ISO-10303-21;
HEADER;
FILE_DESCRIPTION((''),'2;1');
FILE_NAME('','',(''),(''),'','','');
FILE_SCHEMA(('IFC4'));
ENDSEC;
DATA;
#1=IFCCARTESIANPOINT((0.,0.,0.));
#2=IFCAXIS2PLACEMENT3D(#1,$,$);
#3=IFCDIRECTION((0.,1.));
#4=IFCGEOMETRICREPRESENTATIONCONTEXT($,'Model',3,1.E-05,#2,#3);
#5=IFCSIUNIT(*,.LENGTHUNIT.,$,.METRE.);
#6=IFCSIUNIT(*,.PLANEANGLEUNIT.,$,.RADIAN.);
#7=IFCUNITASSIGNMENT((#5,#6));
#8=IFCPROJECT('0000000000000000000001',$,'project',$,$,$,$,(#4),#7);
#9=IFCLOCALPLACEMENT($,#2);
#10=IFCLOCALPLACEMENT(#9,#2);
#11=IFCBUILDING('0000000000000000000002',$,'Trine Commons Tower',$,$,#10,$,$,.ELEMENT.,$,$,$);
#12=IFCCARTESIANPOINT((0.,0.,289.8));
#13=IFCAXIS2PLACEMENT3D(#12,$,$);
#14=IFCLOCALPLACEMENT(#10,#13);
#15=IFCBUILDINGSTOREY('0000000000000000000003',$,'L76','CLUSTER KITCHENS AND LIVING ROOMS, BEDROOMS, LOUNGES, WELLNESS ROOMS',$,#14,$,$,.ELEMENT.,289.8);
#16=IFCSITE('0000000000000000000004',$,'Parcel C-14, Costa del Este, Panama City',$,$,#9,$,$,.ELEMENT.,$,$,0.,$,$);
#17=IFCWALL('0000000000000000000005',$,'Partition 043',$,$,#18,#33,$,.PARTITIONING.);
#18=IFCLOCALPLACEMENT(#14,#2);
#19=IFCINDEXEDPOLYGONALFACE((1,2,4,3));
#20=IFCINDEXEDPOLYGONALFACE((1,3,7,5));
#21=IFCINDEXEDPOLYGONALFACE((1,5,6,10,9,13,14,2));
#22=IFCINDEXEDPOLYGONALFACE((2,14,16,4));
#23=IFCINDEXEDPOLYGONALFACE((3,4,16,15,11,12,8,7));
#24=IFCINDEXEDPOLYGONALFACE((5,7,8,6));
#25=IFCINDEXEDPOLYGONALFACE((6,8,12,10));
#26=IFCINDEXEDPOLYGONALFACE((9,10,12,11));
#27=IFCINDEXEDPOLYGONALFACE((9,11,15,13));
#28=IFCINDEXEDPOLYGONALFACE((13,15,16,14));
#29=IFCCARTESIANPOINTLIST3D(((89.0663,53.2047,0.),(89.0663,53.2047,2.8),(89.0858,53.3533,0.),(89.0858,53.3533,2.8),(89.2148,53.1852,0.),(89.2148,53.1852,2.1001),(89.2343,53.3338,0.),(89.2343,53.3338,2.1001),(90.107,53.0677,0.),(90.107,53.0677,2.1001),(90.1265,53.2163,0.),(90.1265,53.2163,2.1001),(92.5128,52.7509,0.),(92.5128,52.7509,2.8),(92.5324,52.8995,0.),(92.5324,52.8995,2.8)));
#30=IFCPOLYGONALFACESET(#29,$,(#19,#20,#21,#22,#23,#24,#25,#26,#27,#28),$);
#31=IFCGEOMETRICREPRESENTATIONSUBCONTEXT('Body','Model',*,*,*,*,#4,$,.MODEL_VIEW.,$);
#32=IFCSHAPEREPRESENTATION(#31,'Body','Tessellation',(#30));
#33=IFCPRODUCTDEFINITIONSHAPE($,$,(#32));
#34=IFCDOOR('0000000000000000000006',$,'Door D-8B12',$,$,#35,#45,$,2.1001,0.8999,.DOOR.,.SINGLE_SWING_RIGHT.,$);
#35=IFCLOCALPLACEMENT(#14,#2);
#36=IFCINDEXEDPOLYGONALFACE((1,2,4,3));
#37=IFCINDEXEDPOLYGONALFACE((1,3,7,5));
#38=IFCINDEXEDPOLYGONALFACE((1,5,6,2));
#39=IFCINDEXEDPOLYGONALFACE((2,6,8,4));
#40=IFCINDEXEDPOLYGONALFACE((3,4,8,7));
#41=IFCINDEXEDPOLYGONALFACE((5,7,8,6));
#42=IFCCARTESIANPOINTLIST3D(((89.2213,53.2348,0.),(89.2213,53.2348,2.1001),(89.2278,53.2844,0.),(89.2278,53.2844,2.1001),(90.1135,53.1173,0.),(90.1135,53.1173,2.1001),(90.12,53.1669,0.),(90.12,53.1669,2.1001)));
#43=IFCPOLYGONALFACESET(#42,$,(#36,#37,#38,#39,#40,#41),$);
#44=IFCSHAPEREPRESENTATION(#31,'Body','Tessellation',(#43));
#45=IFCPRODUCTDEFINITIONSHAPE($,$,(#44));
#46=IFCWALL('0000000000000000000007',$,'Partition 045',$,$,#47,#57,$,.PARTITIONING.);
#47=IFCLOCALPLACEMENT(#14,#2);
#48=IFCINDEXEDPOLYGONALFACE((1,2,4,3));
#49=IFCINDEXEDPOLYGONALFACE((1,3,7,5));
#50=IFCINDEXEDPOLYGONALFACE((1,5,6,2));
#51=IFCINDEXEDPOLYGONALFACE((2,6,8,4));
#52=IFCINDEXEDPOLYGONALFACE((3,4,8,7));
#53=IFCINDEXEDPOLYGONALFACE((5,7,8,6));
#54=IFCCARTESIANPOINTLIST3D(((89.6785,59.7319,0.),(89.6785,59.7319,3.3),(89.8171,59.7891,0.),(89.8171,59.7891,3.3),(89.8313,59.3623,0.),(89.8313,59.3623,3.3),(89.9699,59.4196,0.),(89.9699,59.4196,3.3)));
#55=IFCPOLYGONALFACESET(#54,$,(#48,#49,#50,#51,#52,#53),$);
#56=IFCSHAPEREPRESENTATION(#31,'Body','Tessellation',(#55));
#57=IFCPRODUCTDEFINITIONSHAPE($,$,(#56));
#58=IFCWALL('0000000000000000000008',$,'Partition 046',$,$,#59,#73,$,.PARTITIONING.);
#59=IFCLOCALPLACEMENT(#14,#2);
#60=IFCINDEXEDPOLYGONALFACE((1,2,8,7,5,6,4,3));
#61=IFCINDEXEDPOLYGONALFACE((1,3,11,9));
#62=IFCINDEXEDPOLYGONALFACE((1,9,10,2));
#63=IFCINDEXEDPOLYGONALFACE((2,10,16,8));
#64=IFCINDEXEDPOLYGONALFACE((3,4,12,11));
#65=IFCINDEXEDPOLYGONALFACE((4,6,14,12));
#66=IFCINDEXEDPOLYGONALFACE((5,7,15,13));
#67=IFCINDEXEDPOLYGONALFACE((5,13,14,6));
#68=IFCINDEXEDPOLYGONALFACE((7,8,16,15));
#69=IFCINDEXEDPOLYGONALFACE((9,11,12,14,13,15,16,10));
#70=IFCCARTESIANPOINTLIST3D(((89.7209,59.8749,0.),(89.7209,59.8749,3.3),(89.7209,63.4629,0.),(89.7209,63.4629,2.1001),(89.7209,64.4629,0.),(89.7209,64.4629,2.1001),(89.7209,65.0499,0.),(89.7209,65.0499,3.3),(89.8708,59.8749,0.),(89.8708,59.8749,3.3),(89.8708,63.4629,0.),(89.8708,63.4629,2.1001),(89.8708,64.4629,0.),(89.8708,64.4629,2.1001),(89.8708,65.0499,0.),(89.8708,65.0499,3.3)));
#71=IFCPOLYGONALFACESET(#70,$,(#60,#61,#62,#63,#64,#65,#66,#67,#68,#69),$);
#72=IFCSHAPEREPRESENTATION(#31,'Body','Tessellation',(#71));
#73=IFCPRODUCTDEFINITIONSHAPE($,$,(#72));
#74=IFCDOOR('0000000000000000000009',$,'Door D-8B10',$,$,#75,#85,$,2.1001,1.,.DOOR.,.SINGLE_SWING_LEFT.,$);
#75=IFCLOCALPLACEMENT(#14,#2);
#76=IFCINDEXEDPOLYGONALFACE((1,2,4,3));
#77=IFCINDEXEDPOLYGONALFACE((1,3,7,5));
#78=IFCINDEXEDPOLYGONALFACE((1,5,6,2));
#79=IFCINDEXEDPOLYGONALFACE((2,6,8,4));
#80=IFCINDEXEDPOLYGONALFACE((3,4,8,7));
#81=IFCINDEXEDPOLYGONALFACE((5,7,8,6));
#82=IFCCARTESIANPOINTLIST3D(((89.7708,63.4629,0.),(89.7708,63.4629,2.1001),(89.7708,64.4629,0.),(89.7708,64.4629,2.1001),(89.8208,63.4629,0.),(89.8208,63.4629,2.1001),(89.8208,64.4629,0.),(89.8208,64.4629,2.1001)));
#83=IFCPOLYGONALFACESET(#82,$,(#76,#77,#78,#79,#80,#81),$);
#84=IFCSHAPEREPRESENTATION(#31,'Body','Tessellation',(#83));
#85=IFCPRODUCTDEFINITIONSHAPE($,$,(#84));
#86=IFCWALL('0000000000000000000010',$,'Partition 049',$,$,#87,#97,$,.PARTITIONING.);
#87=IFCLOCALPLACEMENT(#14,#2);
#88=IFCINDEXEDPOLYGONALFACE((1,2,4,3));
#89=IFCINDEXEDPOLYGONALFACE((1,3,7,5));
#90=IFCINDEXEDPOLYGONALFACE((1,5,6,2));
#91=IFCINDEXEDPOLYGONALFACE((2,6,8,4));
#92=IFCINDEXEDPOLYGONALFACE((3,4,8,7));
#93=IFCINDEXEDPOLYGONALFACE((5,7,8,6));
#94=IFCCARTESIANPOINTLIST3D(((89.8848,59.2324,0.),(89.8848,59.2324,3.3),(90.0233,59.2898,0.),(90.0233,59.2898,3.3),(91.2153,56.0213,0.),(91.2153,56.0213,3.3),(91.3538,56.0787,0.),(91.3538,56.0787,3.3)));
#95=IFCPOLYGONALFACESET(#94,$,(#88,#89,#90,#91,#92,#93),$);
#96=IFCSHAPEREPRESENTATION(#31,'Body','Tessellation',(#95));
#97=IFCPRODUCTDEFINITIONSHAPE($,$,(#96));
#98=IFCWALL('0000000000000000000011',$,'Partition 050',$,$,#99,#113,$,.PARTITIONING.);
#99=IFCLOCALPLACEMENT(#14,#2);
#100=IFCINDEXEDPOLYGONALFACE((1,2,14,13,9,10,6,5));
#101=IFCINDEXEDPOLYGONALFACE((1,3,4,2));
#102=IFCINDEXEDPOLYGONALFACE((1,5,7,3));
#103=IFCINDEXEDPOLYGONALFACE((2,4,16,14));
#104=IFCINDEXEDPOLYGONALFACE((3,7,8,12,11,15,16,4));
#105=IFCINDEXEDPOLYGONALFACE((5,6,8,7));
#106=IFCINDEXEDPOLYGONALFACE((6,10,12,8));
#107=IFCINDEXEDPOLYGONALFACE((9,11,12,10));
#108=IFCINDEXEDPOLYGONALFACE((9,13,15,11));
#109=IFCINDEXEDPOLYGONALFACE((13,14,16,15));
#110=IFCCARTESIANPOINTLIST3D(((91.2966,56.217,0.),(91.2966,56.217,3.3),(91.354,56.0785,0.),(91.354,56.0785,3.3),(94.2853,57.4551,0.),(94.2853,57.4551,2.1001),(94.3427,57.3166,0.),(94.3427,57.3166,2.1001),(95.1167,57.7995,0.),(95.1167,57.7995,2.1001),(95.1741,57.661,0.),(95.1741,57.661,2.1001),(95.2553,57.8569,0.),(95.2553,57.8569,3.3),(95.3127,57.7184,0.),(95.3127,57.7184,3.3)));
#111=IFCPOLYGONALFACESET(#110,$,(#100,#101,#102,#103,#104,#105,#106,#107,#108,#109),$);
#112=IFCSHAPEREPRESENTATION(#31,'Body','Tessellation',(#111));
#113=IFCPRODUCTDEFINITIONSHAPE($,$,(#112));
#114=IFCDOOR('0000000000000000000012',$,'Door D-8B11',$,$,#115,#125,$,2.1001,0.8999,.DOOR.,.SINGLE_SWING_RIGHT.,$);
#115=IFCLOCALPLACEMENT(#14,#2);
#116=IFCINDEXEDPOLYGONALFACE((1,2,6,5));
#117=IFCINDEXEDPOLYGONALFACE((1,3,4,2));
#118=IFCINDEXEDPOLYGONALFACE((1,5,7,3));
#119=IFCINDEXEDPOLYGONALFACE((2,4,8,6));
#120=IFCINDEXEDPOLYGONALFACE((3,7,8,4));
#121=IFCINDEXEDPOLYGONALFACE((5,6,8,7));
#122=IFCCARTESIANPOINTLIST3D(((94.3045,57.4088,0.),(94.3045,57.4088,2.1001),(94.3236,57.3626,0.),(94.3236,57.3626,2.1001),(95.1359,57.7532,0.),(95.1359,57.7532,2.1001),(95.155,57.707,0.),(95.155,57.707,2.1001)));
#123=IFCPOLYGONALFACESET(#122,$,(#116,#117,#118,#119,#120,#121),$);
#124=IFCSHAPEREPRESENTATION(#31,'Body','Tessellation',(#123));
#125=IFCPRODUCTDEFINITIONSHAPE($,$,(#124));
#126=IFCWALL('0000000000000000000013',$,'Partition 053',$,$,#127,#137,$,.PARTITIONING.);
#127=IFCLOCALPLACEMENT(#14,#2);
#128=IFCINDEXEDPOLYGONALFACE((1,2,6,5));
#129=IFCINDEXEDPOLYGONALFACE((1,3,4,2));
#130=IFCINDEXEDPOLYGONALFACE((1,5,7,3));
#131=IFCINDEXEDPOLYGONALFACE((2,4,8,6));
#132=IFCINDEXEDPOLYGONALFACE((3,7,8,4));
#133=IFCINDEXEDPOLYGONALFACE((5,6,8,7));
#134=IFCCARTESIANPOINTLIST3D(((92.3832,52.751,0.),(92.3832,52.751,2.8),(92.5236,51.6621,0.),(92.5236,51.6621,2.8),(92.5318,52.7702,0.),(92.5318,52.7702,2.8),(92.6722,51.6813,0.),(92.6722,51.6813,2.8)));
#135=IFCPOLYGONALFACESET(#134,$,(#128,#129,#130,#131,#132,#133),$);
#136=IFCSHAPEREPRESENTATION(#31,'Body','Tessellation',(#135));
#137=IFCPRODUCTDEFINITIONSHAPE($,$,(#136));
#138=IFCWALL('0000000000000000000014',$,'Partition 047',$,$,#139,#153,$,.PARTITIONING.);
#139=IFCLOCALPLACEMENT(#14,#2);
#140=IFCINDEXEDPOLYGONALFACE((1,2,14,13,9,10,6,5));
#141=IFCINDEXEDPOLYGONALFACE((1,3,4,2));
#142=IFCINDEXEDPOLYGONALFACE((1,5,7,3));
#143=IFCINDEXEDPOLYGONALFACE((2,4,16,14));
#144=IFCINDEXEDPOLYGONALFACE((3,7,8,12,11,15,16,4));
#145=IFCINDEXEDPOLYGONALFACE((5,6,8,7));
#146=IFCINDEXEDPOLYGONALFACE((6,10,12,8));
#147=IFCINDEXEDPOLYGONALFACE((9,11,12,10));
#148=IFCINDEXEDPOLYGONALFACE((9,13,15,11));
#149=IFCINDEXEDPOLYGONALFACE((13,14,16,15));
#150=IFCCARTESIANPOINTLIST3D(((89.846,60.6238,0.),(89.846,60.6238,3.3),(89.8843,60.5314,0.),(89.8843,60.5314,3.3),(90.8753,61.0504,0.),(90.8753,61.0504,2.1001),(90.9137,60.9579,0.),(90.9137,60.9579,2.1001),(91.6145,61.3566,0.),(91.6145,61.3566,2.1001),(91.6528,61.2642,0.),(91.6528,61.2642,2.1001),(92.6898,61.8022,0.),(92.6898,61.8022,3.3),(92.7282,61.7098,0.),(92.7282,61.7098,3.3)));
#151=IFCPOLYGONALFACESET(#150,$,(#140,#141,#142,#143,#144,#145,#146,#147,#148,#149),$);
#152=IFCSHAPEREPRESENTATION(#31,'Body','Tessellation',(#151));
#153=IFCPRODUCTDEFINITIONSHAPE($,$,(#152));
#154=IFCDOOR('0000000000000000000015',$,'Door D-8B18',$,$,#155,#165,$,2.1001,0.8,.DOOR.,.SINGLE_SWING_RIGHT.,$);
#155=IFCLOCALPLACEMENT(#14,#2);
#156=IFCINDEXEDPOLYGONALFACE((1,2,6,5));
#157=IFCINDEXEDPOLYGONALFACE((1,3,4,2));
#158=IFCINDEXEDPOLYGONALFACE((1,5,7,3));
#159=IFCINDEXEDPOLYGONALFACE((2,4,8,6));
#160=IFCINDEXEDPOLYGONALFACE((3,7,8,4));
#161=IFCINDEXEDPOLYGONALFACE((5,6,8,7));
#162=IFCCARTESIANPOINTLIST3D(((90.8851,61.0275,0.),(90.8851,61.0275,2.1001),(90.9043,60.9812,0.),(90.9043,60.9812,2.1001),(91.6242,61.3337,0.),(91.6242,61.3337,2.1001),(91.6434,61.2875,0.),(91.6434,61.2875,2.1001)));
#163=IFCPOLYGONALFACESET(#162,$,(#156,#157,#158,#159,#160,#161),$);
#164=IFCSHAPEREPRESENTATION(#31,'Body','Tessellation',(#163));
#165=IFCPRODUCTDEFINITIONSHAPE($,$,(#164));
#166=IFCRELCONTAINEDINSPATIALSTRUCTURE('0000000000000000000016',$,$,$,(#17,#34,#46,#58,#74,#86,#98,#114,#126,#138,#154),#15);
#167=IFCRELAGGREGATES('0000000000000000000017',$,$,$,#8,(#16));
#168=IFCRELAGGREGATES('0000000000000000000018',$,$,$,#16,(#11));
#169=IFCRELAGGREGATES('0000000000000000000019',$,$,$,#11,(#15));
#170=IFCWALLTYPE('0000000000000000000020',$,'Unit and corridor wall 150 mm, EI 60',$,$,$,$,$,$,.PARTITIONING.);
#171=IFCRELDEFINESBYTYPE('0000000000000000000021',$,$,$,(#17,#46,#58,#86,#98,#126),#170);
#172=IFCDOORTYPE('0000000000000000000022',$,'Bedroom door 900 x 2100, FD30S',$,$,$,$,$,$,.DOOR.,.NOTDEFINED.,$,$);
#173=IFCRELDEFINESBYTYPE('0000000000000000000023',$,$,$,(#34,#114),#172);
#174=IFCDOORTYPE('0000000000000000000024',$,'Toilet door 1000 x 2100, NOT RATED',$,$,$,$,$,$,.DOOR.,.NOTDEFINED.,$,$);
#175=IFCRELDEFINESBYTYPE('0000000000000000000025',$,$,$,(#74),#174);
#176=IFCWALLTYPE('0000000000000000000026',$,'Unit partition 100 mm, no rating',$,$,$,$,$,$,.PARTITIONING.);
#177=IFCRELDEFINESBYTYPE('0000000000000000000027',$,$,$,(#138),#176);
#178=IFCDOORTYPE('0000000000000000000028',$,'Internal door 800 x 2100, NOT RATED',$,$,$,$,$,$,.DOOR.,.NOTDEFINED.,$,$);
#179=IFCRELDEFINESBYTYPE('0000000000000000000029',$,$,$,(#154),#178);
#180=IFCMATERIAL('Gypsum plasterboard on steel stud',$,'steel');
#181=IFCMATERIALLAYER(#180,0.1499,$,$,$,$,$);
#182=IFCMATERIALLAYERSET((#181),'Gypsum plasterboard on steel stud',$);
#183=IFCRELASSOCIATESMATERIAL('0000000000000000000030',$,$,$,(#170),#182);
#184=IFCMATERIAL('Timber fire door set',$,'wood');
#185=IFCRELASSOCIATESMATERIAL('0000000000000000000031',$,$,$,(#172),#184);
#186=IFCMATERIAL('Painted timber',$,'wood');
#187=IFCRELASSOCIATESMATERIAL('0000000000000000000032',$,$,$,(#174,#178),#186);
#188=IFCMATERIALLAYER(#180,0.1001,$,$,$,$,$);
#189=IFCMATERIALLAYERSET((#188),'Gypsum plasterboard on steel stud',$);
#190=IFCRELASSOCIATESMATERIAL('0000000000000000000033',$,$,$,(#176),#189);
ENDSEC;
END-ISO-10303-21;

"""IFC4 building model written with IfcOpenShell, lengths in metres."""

from ifc_helpers import new_model, si_unit, direction, frame, frame_2d, origin, place, context, subcontext, project, spatial, rectangle, extrude, material, layer, layer_set, type_object, element, fill, save


model = new_model("IFC4")

# Units and contexts
model_context = context("Model", 3, precision=1e-05, world=origin(), true_north=direction((0.0, 1.0)))
body_context = subcontext(model_context, "Body", "Model", "MODEL_VIEW")
ifc_project = project(units=[si_unit("LENGTHUNIT", "METRE"), si_unit("PLANEANGLEUNIT", "RADIAN")], contexts=[model_context])

# Site, building, storey
site_placement = place(None, origin())
site = spatial("IfcSite", under=ifc_project, at=site_placement, Name="Parcel C-14, Costa del Este, Panama City", CompositionType="ELEMENT", RefElevation=0.0)
building_placement = place(site_placement, origin())
building = spatial("IfcBuilding", under=site, at=building_placement, Name="Trine Commons Tower", CompositionType="ELEMENT")
storey_placement = place(building_placement, frame((0.0, 0.0, 289.8)))
storey = spatial("IfcBuildingStorey", under=building, at=storey_placement, Name="L76", Description="CLUSTER KITCHENS AND LIVING ROOMS, BEDROOMS, LOUNGES, WELLNESS ROOMS", CompositionType="ELEMENT", Elevation=289.8)

# Wall, opening, door
ifc_material_1 = material(Name="Gypsum plasterboard on steel stud", Category="steel")
ifc_layer_1 = layer(ifc_material_1, 0.1499)
ifc_layer_set_1 = layer_set([ifc_layer_1], Name="Gypsum plasterboard on steel stud")
wall_type_1 = type_object("IfcWallType", Name="Unit and corridor wall 150 mm, EI 60", PredefinedType="PARTITIONING", material=ifc_layer_set_1)
wall_1_placement = place(storey_placement, frame((89.0759, 53.2791, 0.0), z_axis=(0.0, 0.0, 1.0), x_axis=(0.991441, -0.130558, 0.0)))
wall_1 = element("IfcWall", 1, at=wall_1_placement, inside=storey, type_object=wall_type_1, Name="Partition 043", PredefinedType="PARTITIONING", context=body_context, shape_type="SweptSolid", body=[
    extrude(rectangle(XDim=3.4763, YDim=0.1499, at=frame_2d((1.7383, 0.0))), origin(), (0.0, 0.0, 1.0), 2.8),
])
opening_1_placement = place(wall_1_placement, frame((0.1499, 0.0, 0.0)))
opening_1 = element("IfcOpeningElement", 2, at=opening_1_placement, cuts=wall_1, PredefinedType="OPENING", context=body_context, shape_type="SweptSolid", body=[
    extrude(rectangle(XDim=0.8999, YDim=2.1001, at=frame_2d((0.45, 1.05))), frame((0.0, 0.085, 0.0), z_axis=(0.0, -1.0, 0.0), x_axis=(1.0, 0.0, 0.0)), (0.0, 0.0, 1.0), 0.1699),
])
ifc_material_2 = material(Name="Timber fire door set", Category="wood")
door_type_1 = type_object("IfcDoorType", Name="Bedroom door 900 x 2100, FD30S", OperationType="NOTDEFINED", PredefinedType="DOOR", material=ifc_material_2)
door_1_placement = place(opening_1_placement, frame((0.8999, 0.0, 0.0), z_axis=(0.0, 0.0, 1.0), x_axis=(-1.0, 0.0, 0.0)))
door_1 = element("IfcDoor", 3, at=door_1_placement, inside=storey, type_object=door_type_1, Name="Door D-8B12", OperationType="SINGLE_SWING_RIGHT", OverallHeight=2.1001, OverallWidth=0.8999, PredefinedType="DOOR", context=body_context, shape_type="SweptSolid", body=[
    extrude(rectangle(XDim=0.8999, YDim=2.1001, at=frame_2d((0.45, 1.05))), frame((0.0, 0.0249, 0.0), z_axis=(0.0, -1.0, 0.0), x_axis=(1.0, 0.0, 0.0)), (0.0, 0.0, 1.0), 0.05),
])
fill(opening_1, door_1)

# Wall
wall_2_placement = place(storey_placement, frame((89.7478, 59.7605, 0.0), z_axis=(0.0, 0.0, 1.0), x_axis=(0.3821, -0.924121, 0.0)))
element("IfcWall", 4, at=wall_2_placement, inside=storey, type_object=wall_type_1, Name="Partition 045", PredefinedType="PARTITIONING", context=body_context, shape_type="SweptSolid", body=[
    extrude(rectangle(XDim=0.3999, YDim=0.1499, at=frame_2d((0.2, 0.0))), origin(), (0.0, 0.0, 1.0), 3.3),
])

# Wall, opening, door
wall_3_placement = place(storey_placement, frame((89.7959, 59.875, 0.0), z_axis=(0.0, 0.0, 1.0), x_axis=(0.0, 1.0, 0.0)))
wall_3 = element("IfcWall", 5, at=wall_3_placement, inside=storey, type_object=wall_type_1, Name="Partition 046", PredefinedType="PARTITIONING", context=body_context, shape_type="SweptSolid", body=[
    extrude(rectangle(XDim=5.175, YDim=0.1499, at=frame_2d((2.5874, 0.0))), origin(), (0.0, 0.0, 1.0), 3.3),
])
opening_2_placement = place(wall_3_placement, frame((3.5879, 0.0, 0.0)))
opening_2 = element("IfcOpeningElement", 6, at=opening_2_placement, cuts=wall_3, PredefinedType="OPENING", context=body_context, shape_type="SweptSolid", body=[
    extrude(rectangle(XDim=1.0, YDim=2.1001, at=frame_2d((0.5, 1.05))), frame((0.0, 0.085, 0.0), z_axis=(0.0, -1.0, 0.0), x_axis=(1.0, 0.0, 0.0)), (0.0, 0.0, 1.0), 0.1699),
])
ifc_material_3 = material(Name="Painted timber", Category="wood")
door_type_2 = type_object("IfcDoorType", Name="Toilet door 1000 x 2100, NOT RATED", OperationType="NOTDEFINED", PredefinedType="DOOR", material=ifc_material_3)
door_2_placement = place(opening_2_placement, frame((1.0, 0.0, 0.0), z_axis=(0.0, 0.0, 1.0), x_axis=(-1.0, 0.0, 0.0)))
door_2 = element("IfcDoor", 7, at=door_2_placement, inside=storey, type_object=door_type_2, Name="Door D-8B10", OperationType="SINGLE_SWING_LEFT", OverallHeight=2.1001, OverallWidth=1.0, PredefinedType="DOOR", context=body_context, shape_type="SweptSolid", body=[
    extrude(rectangle(XDim=1.0, YDim=2.1001, at=frame_2d((0.5, 1.05))), frame((0.0, 0.0249, 0.0), z_axis=(0.0, -1.0, 0.0), x_axis=(1.0, 0.0, 0.0)), (0.0, 0.0, 1.0), 0.05),
])
fill(opening_2, door_2)

# Wall
wall_4_placement = place(storey_placement, frame((89.9541, 59.261, 0.0), z_axis=(0.0, 0.0, 1.0), x_axis=(0.382794, -0.923834, 0.0)))
element("IfcWall", 8, at=wall_4_placement, inside=storey, type_object=wall_type_1, Name="Partition 049", PredefinedType="PARTITIONING", context=body_context, shape_type="SweptSolid", body=[
    extrude(rectangle(XDim=3.4758, YDim=0.1499, at=frame_2d((1.7378, 0.0))), origin(), (0.0, 0.0, 1.0), 3.3),
])

# Wall, opening, door
wall_5_placement = place(storey_placement, frame((91.3252, 56.1477, 0.0), z_axis=(0.0, 0.0, 1.0), x_axis=(0.923869, 0.382709, 0.0)))
wall_5 = element("IfcWall", 9, at=wall_5_placement, inside=storey, type_object=wall_type_1, Name="Partition 050", PredefinedType="PARTITIONING", context=body_context, shape_type="SweptSolid", body=[
    extrude(rectangle(XDim=4.2849, YDim=0.1499, at=frame_2d((2.1426, 0.0))), origin(), (0.0, 0.0, 1.0), 3.3),
])
opening_3_placement = place(wall_5_placement, frame((3.2351, 0.0, 0.0)))
opening_3 = element("IfcOpeningElement", 10, at=opening_3_placement, cuts=wall_5, PredefinedType="OPENING", context=body_context, shape_type="SweptSolid", body=[
    extrude(rectangle(XDim=0.8999, YDim=2.1001, at=frame_2d((0.45, 1.05))), frame((0.0, 0.085, 0.0), z_axis=(0.0, -1.0, 0.0), x_axis=(1.0, 0.0, 0.0)), (0.0, 0.0, 1.0), 0.1699),
])
door_3_placement = place(opening_3_placement, origin())
door_3 = element("IfcDoor", 11, at=door_3_placement, inside=storey, type_object=door_type_1, Name="Door D-8B11", OperationType="SINGLE_SWING_RIGHT", OverallHeight=2.1001, OverallWidth=0.8999, PredefinedType="DOOR", context=body_context, shape_type="SweptSolid", body=[
    extrude(rectangle(XDim=0.8999, YDim=2.1001, at=frame_2d((0.45, 1.05))), frame((0.0, 0.0249, 0.0), z_axis=(0.0, -1.0, 0.0), x_axis=(1.0, 0.0, 0.0)), (0.0, 0.0, 1.0), 0.05),
])
fill(opening_3, door_3)

# Wall
wall_6_placement = place(storey_placement, frame((92.4575, 52.7605, 0.0), z_axis=(0.0, 0.0, 1.0), x_axis=(0.127865, -0.991792, 0.0)))
element("IfcWall", 12, at=wall_6_placement, inside=storey, type_object=wall_type_1, Name="Partition 053", PredefinedType="PARTITIONING", context=body_context, shape_type="SweptSolid", body=[
    extrude(rectangle(XDim=1.0979, YDim=0.1499, at=frame_2d((0.5488, 0.0))), origin(), (0.0, 0.0, 1.0), 2.8),
])

# Wall, opening, door
ifc_layer_2 = layer(ifc_material_1, 0.1001)
ifc_layer_set_2 = layer_set([ifc_layer_2], Name="Gypsum plasterboard on steel stud")
wall_type_2 = type_object("IfcWallType", Name="Unit partition 100 mm, no rating", PredefinedType="PARTITIONING", material=ifc_layer_set_2)
wall_7_placement = place(storey_placement, frame((89.8652, 60.5776, 0.0), z_axis=(0.0, 0.0, 1.0), x_axis=(0.923828, 0.382807, 0.0)))
wall_7 = element("IfcWall", 13, at=wall_7_placement, inside=storey, type_object=wall_type_2, Name="Partition 047", PredefinedType="PARTITIONING", context=body_context, shape_type="SweptSolid", body=[
    extrude(rectangle(XDim=3.0784, YDim=0.1001, at=frame_2d((1.5391, 0.0))), origin(), (0.0, 0.0, 1.0), 3.3),
])
opening_4_placement = place(wall_7_placement, frame((1.1143, 0.0, 0.0)))
opening_4 = element("IfcOpeningElement", 14, at=opening_4_placement, cuts=wall_7, PredefinedType="OPENING", context=body_context, shape_type="SweptSolid", body=[
    extrude(rectangle(XDim=0.8, YDim=2.1001, at=frame_2d((0.3999, 1.05))), frame((0.0, 0.0601, 0.0), z_axis=(0.0, -1.0, 0.0), x_axis=(1.0, 0.0, 0.0)), (0.0, 0.0, 1.0), 0.1201),
])
door_type_3 = type_object("IfcDoorType", Name="Internal door 800 x 2100, NOT RATED", OperationType="NOTDEFINED", PredefinedType="DOOR", material=ifc_material_3)
door_4_placement = place(opening_4_placement, frame((0.8, 0.0, 0.0), z_axis=(0.0, 0.0, 1.0), x_axis=(-1.0, 0.0, 0.0)))
door_4 = element("IfcDoor", 15, at=door_4_placement, inside=storey, type_object=door_type_3, Name="Door D-8B18", OperationType="SINGLE_SWING_RIGHT", OverallHeight=2.1001, OverallWidth=0.8, PredefinedType="DOOR", context=body_context, shape_type="SweptSolid", body=[
    extrude(rectangle(XDim=0.8, YDim=2.1001, at=frame_2d((0.3999, 1.05))), frame((0.0, 0.0249, 0.0), z_axis=(0.0, -1.0, 0.0), x_axis=(1.0, 0.0, 0.0)), (0.0, 0.0, 1.0), 0.05),
])
fill(opening_4, door_4)

save(model, "model.ifc")
